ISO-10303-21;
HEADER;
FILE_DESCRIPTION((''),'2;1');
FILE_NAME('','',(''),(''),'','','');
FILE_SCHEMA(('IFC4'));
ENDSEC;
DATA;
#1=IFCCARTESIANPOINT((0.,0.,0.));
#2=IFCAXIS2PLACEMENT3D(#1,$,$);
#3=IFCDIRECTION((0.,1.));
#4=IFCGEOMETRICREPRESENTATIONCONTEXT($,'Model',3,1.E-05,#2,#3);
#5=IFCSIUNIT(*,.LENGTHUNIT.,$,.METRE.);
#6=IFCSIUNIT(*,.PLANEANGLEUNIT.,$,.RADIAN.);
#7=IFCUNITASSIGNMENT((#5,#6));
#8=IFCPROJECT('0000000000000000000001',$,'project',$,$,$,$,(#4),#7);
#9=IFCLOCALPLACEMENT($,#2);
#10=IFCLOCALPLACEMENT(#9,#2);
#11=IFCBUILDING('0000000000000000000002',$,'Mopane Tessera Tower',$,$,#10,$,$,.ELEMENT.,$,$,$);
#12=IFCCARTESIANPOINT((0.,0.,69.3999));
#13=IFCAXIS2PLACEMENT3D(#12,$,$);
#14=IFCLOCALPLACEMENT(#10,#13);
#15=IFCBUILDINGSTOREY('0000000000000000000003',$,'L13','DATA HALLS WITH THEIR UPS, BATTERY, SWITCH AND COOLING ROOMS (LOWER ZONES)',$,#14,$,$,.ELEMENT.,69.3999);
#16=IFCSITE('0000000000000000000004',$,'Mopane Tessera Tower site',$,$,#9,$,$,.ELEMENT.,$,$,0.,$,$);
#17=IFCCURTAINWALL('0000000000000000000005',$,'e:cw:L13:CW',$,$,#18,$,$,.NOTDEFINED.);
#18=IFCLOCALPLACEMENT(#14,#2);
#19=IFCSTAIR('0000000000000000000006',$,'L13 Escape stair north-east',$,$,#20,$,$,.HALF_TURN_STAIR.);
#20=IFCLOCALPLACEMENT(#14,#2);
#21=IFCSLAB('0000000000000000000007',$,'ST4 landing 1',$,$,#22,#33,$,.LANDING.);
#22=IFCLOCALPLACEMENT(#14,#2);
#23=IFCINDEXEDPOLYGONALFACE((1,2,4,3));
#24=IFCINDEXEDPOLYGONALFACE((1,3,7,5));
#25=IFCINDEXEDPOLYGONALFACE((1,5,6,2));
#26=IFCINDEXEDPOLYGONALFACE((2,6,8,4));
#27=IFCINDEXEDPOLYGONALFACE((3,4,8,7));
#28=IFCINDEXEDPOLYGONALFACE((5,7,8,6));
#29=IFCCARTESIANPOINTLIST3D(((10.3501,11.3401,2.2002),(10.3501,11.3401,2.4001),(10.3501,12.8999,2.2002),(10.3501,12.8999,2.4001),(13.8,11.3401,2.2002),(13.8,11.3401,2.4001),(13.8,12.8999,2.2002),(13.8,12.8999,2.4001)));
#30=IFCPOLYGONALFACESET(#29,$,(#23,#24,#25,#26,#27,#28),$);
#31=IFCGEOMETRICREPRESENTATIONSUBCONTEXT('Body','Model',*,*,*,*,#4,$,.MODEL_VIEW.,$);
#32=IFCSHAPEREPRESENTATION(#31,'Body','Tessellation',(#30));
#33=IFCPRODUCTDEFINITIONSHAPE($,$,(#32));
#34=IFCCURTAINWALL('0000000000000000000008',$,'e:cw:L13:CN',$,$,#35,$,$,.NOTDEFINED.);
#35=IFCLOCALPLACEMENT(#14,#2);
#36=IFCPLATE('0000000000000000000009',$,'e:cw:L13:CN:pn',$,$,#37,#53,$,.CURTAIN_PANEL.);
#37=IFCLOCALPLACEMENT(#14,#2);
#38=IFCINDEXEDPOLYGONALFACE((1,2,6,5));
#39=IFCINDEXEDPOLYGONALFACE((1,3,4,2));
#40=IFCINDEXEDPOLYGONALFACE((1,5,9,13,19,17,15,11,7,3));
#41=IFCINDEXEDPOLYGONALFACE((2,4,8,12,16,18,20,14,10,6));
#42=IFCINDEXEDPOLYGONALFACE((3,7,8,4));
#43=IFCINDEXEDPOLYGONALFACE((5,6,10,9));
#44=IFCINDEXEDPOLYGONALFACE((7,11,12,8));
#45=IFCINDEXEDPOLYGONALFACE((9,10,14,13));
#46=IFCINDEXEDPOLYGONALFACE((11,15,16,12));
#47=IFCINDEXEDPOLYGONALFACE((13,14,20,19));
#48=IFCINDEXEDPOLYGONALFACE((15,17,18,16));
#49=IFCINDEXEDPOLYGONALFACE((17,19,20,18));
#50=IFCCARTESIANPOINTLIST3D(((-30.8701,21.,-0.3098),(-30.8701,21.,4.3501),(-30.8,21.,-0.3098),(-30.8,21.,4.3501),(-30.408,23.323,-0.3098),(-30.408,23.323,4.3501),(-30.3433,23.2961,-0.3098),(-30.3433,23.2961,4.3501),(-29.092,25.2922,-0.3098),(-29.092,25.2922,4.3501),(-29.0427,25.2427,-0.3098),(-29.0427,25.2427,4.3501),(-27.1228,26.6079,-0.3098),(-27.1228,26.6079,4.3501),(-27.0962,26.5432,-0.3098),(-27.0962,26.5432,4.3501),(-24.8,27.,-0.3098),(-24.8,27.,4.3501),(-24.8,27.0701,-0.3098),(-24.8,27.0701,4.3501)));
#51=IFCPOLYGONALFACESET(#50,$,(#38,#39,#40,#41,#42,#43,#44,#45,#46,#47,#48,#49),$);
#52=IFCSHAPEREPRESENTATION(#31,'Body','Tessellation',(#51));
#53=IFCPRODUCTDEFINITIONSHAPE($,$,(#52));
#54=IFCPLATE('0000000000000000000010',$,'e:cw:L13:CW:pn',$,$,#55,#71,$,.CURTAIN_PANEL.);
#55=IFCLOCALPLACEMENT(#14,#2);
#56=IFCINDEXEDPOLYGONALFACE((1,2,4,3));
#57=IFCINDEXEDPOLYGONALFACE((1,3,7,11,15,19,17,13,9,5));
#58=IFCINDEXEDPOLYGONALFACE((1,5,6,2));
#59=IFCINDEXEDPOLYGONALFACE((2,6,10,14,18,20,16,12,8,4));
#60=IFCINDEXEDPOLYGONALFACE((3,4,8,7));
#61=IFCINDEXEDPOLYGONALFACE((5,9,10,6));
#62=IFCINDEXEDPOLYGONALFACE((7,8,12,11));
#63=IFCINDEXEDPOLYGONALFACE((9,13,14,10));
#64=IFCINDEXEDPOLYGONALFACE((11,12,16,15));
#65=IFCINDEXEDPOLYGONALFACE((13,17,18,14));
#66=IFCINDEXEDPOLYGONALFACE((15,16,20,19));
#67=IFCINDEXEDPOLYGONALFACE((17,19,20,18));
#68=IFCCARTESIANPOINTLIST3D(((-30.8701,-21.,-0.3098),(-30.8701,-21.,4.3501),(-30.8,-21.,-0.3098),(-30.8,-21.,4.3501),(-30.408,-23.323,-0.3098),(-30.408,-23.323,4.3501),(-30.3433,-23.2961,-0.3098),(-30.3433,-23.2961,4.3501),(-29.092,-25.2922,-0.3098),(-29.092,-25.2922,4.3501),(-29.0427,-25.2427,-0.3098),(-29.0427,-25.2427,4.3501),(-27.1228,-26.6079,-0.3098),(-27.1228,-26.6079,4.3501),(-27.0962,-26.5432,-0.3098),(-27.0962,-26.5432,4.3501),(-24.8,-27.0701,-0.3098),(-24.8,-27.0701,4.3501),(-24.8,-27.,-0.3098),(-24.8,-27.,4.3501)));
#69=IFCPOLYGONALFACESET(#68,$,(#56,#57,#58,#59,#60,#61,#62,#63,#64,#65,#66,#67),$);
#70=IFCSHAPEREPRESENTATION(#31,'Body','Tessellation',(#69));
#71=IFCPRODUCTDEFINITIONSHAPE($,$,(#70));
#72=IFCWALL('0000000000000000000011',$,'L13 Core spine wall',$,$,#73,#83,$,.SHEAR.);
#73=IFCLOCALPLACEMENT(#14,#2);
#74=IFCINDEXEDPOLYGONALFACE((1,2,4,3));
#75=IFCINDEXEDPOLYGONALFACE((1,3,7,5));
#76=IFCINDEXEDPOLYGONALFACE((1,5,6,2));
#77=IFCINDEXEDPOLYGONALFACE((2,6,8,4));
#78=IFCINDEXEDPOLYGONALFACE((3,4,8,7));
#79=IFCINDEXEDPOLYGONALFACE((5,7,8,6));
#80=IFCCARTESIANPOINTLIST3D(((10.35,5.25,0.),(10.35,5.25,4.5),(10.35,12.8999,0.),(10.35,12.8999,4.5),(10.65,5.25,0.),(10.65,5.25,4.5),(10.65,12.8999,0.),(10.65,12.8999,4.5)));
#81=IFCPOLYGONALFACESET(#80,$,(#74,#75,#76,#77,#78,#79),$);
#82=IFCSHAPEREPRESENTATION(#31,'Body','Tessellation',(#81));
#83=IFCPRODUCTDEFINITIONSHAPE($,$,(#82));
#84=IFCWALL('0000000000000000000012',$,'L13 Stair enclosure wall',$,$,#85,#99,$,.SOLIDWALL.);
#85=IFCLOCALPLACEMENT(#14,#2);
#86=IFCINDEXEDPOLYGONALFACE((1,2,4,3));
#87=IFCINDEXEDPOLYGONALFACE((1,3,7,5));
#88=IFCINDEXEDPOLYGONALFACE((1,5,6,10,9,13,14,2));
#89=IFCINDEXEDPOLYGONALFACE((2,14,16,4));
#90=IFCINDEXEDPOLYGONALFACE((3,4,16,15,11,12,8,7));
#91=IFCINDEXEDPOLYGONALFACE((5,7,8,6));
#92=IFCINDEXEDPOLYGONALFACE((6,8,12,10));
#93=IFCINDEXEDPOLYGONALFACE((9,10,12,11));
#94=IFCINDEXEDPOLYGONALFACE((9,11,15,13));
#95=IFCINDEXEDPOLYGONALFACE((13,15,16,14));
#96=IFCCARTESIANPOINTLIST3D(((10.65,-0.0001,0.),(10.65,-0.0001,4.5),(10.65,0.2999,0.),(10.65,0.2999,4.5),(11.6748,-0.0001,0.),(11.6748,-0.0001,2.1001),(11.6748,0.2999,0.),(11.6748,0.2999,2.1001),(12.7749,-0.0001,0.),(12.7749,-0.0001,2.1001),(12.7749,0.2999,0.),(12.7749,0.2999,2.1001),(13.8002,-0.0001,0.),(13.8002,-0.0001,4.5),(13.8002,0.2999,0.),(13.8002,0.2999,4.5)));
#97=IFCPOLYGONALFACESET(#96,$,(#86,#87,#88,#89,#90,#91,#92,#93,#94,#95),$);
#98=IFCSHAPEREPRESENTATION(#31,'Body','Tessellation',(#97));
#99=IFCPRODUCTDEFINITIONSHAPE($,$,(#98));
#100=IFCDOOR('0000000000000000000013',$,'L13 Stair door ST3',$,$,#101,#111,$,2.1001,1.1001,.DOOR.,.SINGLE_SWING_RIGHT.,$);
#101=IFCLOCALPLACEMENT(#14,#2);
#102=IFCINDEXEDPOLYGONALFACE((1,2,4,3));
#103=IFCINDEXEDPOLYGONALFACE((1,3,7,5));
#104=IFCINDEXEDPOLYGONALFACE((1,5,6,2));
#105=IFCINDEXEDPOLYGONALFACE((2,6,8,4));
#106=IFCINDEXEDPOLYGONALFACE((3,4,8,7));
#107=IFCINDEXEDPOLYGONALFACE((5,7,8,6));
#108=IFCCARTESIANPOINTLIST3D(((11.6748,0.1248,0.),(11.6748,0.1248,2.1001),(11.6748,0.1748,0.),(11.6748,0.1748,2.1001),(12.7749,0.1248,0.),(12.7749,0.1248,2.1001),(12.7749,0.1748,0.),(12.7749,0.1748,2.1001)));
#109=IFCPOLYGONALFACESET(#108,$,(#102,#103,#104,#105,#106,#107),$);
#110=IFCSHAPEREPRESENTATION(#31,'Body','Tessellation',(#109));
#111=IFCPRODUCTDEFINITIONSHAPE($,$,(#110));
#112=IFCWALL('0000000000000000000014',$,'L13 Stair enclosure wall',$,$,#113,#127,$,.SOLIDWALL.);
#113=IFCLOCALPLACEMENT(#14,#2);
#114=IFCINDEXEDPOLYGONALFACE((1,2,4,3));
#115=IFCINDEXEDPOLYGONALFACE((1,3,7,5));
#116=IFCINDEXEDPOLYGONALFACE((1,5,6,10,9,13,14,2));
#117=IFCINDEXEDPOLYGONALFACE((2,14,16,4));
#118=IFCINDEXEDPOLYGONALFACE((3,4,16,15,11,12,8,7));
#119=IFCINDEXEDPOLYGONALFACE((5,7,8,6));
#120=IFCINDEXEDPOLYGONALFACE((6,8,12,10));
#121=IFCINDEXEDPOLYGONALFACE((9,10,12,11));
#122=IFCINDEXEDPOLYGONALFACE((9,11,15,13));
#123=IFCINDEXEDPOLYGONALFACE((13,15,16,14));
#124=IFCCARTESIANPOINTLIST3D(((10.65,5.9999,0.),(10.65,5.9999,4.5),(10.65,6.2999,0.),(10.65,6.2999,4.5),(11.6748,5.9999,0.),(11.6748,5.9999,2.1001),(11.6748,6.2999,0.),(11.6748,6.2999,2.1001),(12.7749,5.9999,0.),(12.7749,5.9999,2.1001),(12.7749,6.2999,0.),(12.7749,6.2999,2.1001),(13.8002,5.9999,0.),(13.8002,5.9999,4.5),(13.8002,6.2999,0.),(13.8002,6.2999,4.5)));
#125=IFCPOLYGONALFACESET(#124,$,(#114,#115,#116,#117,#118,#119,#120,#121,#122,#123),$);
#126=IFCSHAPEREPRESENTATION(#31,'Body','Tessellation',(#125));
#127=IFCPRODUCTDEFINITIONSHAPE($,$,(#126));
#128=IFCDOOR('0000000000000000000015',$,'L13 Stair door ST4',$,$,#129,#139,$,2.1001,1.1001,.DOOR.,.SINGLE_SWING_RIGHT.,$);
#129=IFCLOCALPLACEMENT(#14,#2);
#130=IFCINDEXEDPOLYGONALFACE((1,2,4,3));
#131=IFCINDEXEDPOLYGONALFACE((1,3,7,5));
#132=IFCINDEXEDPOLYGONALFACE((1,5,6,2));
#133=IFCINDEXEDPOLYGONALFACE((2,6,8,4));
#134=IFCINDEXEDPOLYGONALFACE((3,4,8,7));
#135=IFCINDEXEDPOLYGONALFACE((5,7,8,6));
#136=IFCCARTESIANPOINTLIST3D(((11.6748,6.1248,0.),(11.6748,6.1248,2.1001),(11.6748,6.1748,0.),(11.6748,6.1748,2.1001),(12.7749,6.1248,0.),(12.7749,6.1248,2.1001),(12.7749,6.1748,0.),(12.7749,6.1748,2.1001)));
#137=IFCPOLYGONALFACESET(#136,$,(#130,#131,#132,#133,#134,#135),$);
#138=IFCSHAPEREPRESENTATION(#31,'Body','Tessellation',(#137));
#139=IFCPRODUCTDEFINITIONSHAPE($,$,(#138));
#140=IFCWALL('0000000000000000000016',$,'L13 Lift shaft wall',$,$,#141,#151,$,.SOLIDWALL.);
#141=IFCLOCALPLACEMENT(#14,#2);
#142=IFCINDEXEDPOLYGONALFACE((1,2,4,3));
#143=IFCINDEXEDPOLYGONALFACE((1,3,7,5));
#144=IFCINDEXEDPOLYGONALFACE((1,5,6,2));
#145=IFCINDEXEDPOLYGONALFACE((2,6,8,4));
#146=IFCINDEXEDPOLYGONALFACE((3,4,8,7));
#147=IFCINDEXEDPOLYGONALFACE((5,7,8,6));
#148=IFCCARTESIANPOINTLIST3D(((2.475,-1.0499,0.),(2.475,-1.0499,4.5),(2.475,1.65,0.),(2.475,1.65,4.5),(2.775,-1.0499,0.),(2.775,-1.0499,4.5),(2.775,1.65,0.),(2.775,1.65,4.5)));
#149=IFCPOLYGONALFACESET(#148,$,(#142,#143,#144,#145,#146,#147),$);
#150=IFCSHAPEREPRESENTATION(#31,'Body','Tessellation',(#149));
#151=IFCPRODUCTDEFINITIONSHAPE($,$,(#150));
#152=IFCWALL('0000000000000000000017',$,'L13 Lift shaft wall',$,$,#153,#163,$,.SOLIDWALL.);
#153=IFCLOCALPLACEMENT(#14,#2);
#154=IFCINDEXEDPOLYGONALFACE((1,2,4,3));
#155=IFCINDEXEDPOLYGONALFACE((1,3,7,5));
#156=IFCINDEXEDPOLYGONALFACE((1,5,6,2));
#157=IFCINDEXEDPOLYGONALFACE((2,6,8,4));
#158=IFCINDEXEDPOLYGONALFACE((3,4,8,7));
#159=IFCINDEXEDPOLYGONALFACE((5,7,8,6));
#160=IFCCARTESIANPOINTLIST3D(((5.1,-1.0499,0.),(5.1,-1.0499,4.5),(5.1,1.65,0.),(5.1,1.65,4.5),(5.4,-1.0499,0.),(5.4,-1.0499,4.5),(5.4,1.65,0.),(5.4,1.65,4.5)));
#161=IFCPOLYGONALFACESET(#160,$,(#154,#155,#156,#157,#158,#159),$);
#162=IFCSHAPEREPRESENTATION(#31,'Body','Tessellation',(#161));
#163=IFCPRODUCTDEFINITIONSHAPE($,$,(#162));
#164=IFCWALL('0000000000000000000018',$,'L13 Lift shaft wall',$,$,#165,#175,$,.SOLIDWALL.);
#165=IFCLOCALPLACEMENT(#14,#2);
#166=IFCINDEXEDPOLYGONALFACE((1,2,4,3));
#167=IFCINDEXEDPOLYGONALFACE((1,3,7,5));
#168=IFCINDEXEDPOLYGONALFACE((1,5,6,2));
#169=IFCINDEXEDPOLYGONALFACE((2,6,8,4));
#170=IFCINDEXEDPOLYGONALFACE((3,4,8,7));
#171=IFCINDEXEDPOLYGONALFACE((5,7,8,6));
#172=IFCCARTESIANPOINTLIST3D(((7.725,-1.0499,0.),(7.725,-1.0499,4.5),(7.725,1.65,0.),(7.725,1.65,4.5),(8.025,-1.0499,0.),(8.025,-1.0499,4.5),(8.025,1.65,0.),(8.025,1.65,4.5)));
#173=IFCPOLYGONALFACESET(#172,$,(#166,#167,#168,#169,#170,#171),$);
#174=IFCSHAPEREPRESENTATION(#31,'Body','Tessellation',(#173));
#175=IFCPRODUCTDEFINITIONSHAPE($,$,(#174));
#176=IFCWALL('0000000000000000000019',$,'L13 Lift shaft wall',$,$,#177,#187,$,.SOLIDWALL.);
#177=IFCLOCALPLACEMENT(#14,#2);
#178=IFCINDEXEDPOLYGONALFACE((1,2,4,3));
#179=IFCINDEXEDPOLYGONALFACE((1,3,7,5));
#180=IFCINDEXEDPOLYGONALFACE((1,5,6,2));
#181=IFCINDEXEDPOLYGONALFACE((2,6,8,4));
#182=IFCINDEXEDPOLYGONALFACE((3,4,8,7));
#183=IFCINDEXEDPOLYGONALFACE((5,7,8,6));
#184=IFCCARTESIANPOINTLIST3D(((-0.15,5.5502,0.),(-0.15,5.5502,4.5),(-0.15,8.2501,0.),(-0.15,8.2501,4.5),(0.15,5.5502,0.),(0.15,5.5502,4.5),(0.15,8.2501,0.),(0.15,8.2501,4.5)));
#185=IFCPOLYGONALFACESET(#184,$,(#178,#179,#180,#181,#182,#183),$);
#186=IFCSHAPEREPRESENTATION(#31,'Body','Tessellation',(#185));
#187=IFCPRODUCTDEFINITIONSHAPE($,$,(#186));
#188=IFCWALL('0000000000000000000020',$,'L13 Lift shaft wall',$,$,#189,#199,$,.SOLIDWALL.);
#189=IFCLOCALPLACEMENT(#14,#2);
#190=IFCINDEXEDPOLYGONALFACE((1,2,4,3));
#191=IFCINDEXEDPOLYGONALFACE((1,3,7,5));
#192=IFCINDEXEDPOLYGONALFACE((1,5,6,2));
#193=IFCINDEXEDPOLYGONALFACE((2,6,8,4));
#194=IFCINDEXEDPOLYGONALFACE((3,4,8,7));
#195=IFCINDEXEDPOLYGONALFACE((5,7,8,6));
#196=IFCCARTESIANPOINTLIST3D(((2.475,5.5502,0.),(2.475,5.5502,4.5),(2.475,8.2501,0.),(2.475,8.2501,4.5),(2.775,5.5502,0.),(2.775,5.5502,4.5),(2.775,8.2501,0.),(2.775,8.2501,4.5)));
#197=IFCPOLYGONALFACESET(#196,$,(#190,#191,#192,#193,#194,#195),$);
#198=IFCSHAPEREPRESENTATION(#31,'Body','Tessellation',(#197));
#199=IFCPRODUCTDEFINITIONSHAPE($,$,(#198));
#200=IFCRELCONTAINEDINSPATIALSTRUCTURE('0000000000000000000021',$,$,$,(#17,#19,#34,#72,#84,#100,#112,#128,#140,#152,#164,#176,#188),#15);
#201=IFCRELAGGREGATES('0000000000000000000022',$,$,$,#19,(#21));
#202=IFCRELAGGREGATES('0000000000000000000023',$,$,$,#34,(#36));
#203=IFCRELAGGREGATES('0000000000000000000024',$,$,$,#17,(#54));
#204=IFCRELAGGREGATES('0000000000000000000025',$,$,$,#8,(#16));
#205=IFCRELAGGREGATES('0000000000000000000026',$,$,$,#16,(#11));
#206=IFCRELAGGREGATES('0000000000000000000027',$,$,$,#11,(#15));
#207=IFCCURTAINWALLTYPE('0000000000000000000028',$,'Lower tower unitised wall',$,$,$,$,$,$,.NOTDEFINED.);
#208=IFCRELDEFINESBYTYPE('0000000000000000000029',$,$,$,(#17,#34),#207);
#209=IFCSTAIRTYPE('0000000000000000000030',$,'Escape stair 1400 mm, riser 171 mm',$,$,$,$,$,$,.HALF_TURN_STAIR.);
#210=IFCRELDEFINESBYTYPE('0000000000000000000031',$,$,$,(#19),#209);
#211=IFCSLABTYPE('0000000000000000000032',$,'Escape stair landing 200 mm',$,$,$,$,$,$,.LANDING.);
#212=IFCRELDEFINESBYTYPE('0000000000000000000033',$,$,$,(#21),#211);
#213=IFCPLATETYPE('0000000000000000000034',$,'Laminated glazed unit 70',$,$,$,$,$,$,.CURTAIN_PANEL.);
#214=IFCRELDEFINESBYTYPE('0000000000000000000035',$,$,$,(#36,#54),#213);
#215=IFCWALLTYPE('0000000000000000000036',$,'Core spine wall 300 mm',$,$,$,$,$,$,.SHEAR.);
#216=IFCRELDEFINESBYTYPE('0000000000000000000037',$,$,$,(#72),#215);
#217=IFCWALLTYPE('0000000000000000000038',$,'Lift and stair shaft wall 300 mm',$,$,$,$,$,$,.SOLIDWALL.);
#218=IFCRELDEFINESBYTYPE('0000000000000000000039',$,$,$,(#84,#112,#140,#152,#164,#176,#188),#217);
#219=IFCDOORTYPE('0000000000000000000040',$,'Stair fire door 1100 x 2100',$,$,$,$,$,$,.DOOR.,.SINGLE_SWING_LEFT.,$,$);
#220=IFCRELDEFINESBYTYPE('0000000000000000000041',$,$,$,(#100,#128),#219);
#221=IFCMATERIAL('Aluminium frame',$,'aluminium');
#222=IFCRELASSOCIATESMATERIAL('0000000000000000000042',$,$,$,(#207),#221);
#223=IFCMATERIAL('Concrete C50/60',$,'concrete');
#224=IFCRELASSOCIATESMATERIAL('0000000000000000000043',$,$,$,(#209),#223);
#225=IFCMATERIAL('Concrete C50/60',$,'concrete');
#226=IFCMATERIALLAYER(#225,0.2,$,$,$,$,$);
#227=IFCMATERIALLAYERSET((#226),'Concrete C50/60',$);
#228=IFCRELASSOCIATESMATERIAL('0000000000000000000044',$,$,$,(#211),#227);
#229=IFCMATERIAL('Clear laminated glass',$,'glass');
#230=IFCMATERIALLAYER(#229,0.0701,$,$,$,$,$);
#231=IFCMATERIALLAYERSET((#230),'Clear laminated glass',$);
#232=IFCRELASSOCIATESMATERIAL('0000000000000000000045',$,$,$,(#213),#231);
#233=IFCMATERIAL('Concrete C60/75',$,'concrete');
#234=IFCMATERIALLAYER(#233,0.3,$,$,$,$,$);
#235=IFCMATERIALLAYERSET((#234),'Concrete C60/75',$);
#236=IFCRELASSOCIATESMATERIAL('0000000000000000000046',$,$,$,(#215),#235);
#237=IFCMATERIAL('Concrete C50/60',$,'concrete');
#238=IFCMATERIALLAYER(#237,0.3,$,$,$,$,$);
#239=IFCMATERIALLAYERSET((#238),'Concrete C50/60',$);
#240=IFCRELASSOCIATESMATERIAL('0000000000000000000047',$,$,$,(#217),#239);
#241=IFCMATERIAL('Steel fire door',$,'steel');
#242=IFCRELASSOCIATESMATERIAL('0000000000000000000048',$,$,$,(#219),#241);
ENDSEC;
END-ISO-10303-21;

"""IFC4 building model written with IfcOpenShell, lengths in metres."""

from ifc_helpers import new_model, si_unit, direction, frame, frame_2d, origin, place, context, subcontext, project, spatial, polyline, rectangle, outline, extrude, material, layer, layer_set, type_object, element, fill, aggregate, save


model = new_model("IFC4")

# Units and contexts
model_context = context("Model", 3, precision=1e-05, world=origin(), true_north=direction((0.0, 1.0)))
body_context = subcontext(model_context, "Body", "Model", "MODEL_VIEW")
ifc_project = project(units=[si_unit("LENGTHUNIT", "METRE"), si_unit("PLANEANGLEUNIT", "RADIAN")], contexts=[model_context])

# Site, building, storey
site_placement = place(None, origin())
site = spatial("IfcSite", under=ifc_project, at=site_placement, Name="Mopane Tessera Tower site", CompositionType="ELEMENT", RefElevation=0.0)
building_placement = place(site_placement, origin())
building = spatial("IfcBuilding", under=site, at=building_placement, Name="Mopane Tessera Tower", CompositionType="ELEMENT")
storey_placement = place(building_placement, frame((0.0, 0.0, 69.3999)))
storey = spatial("IfcBuildingStorey", under=building, at=storey_placement, Name="L13", Description="DATA HALLS WITH THEIR UPS, BATTERY, SWITCH AND COOLING ROOMS (LOWER ZONES)", CompositionType="ELEMENT", Elevation=69.3999)

# Curtain wall
ifc_material_1 = material(Name="Aluminium frame", Category="aluminium")
curtain_wall_type = type_object("IfcCurtainWallType", Name="Lower tower unitised wall", PredefinedType="NOTDEFINED", material=ifc_material_1)
curtain_wall_1_placement = place(storey_placement, origin())
curtain_wall_1 = element("IfcCurtainWall", 1, at=curtain_wall_1_placement, inside=storey, type_object=curtain_wall_type, Name="e:cw:L13:CW", PredefinedType="NOTDEFINED")

# Stair, slab
ifc_material_2 = material(Name="Concrete C50/60", Category="concrete")
stair_type = type_object("IfcStairType", Name="Escape stair 1400 mm, riser 171 mm", PredefinedType="HALF_TURN_STAIR", material=ifc_material_2)
ifc_material_3 = material(Name="Concrete C50/60", Category="concrete")
ifc_layer_1 = layer(ifc_material_3, 0.2)
ifc_layer_set_1 = layer_set([ifc_layer_1], Name="Concrete C50/60")
slab_type_1 = type_object("IfcSlabType", Name="Escape stair landing 200 mm", PredefinedType="LANDING", material=ifc_layer_set_1)
stair_1_placement = place(storey_placement, origin())
stair_1 = element("IfcStair", 2, at=stair_1_placement, inside=storey, type_object=stair_type, Name="L13 Escape stair north-east", PredefinedType="HALF_TURN_STAIR")
slab_1_placement = place(storey_placement, frame((0.0, 0.0, 2.2002)))
slab_1 = element("IfcSlab", 3, at=slab_1_placement, type_object=slab_type_1, Name="ST4 landing 1", PredefinedType="LANDING", context=body_context, shape_type="SweptSolid", body=[
    extrude(outline(polyline([(13.8, 11.3401), (13.8, 12.8999), (10.3501, 12.8999), (10.3501, 11.3401), (13.8, 11.3401)])), origin(), (0.0, 0.0, 1.0), 0.2),
])
aggregate(stair_1, [slab_1])

# Curtain wall, plate
curtain_wall_2_placement = place(storey_placement, origin())
curtain_wall_2 = element("IfcCurtainWall", 4, at=curtain_wall_2_placement, inside=storey, type_object=curtain_wall_type, Name="e:cw:L13:CN", PredefinedType="NOTDEFINED")
ifc_material_4 = material(Name="Clear laminated glass", Category="glass")
ifc_layer_2 = layer(ifc_material_4, 0.0701)
ifc_layer_set_2 = layer_set([ifc_layer_2], Name="Clear laminated glass")
plate_type = type_object("IfcPlateType", Name="Laminated glazed unit 70", PredefinedType="CURTAIN_PANEL", material=ifc_layer_set_2)
plate_1_placement = place(storey_placement, frame((0.0, 0.0, -0.3098)))
plate_1 = element("IfcPlate", 5, at=plate_1_placement, type_object=plate_type, Name="e:cw:L13:CN:pn", PredefinedType="CURTAIN_PANEL", context=body_context, shape_type="SweptSolid", body=[
    extrude(outline(polyline([(-24.8, 27.0), (-27.0962, 26.5432), (-29.0427, 25.2427), (-30.3433, 23.2961), (-30.8, 21.0), (-30.8701, 21.0), (-30.408, 23.323), (-29.092, 25.2922), (-27.1228, 26.6079), (-24.8, 27.0701), (-24.8, 27.0)])), origin(), (0.0, 0.0, 1.0), 4.6599),
])
aggregate(curtain_wall_2, [plate_1])

# Plate
plate_2_placement = place(storey_placement, frame((0.0, 0.0, -0.3098)))
plate_2 = element("IfcPlate", 6, at=plate_2_placement, type_object=plate_type, Name="e:cw:L13:CW:pn", PredefinedType="CURTAIN_PANEL", context=body_context, shape_type="SweptSolid", body=[
    extrude(outline(polyline([(-30.8, -21.0), (-30.3433, -23.2961), (-29.0427, -25.2427), (-27.0962, -26.5432), (-24.8, -27.0), (-24.8, -27.0701), (-27.1228, -26.6079), (-29.092, -25.2922), (-30.408, -23.323), (-30.8701, -21.0), (-30.8, -21.0)])), origin(), (0.0, 0.0, 1.0), 4.6599),
])
aggregate(curtain_wall_1, [plate_2])

# Wall
ifc_material_5 = material(Name="Concrete C60/75", Category="concrete")
ifc_layer_3 = layer(ifc_material_5, 0.3)
ifc_layer_set_3 = layer_set([ifc_layer_3], Name="Concrete C60/75")
wall_type_1 = type_object("IfcWallType", Name="Core spine wall 300 mm", PredefinedType="SHEAR", material=ifc_layer_set_3)
wall_1_placement = place(storey_placement, frame((10.5, 5.25, 0.0), z_axis=(0.0, 0.0, 1.0), x_axis=(0.0, 1.0, 0.0)))
element("IfcWall", 7, at=wall_1_placement, inside=storey, type_object=wall_type_1, Name="L13 Core spine wall", PredefinedType="SHEAR", context=body_context, shape_type="SweptSolid", body=[
    extrude(rectangle(XDim=7.6499, YDim=0.3, at=frame_2d((3.825, 0.0))), origin(), (0.0, 0.0, 1.0), 4.5),
])

# Walls, openings, doors
ifc_material_6 = material(Name="Concrete C50/60", Category="concrete")
ifc_layer_4 = layer(ifc_material_6, 0.3)
ifc_layer_set_4 = layer_set([ifc_layer_4], Name="Concrete C50/60")
wall_type_2 = type_object("IfcWallType", Name="Lift and stair shaft wall 300 mm", PredefinedType="SOLIDWALL", material=ifc_layer_set_4)
wall_2_placement = place(storey_placement, frame((10.6499, 0.1499, 0.0), z_axis=(0.0, 0.0, 1.0), x_axis=(1.0, 0.0, 0.0)))
wall_2 = element("IfcWall", 8, at=wall_2_placement, inside=storey, type_object=wall_type_2, Name="L13 Stair enclosure wall", PredefinedType="SOLIDWALL", context=body_context, shape_type="SweptSolid", body=[
    extrude(rectangle(XDim=3.1501, YDim=0.3, at=frame_2d((1.5752, 0.0))), origin(), (0.0, 0.0, 1.0), 4.5),
])
opening_1_placement = place(wall_2_placement, frame((1.0249, 0.0, 0.0)))
opening_1 = element("IfcOpeningElement", 9, at=opening_1_placement, cuts=wall_2, PredefinedType="OPENING", context=body_context, shape_type="SweptSolid", body=[
    extrude(rectangle(XDim=1.1001, YDim=2.1001, at=frame_2d((0.55, 1.05))), frame((0.0, 0.1621, 0.0), z_axis=(0.0, -1.0, 0.0), x_axis=(1.0, 0.0, 0.0)), (0.0, 0.0, 1.0), 0.324),
])
ifc_material_7 = material(Name="Steel fire door", Category="steel")
door_type = type_object("IfcDoorType", Name="Stair fire door 1100 x 2100", OperationType="SINGLE_SWING_LEFT", PredefinedType="DOOR", material=ifc_material_7)
door_1_placement = place(opening_1_placement, origin())
door_1 = element("IfcDoor", 10, at=door_1_placement, inside=storey, type_object=door_type, Name="L13 Stair door ST3", OperationType="SINGLE_SWING_RIGHT", OverallHeight=2.1001, OverallWidth=1.1001, PredefinedType="DOOR", context=body_context, shape_type="SweptSolid", body=[
    extrude(rectangle(XDim=1.1001, YDim=2.1001, at=frame_2d((0.55, 1.05))), frame((0.0, 0.0249, 0.0), z_axis=(0.0, -1.0, 0.0), x_axis=(1.0, 0.0, 0.0)), (0.0, 0.0, 1.0), 0.05),
])
fill(opening_1, door_1)
wall_3_placement = place(storey_placement, frame((10.6499, 6.1499, 0.0), z_axis=(0.0, 0.0, 1.0), x_axis=(1.0, 0.0, 0.0)))
wall_3 = element("IfcWall", 11, at=wall_3_placement, inside=storey, type_object=wall_type_2, Name="L13 Stair enclosure wall", PredefinedType="SOLIDWALL", context=body_context, shape_type="SweptSolid", body=[
    extrude(rectangle(XDim=3.1501, YDim=0.3, at=frame_2d((1.5752, 0.0))), origin(), (0.0, 0.0, 1.0), 4.5),
])
opening_2_placement = place(wall_3_placement, frame((1.0249, 0.0, 0.0)))
opening_2 = element("IfcOpeningElement", 12, at=opening_2_placement, cuts=wall_3, PredefinedType="OPENING", context=body_context, shape_type="SweptSolid", body=[
    extrude(rectangle(XDim=1.1001, YDim=2.1001, at=frame_2d((0.55, 1.05))), frame((0.0, 0.1621, 0.0), z_axis=(0.0, -1.0, 0.0), x_axis=(1.0, 0.0, 0.0)), (0.0, 0.0, 1.0), 0.324),
])
door_2_placement = place(opening_2_placement, origin())
door_2 = element("IfcDoor", 13, at=door_2_placement, inside=storey, type_object=door_type, Name="L13 Stair door ST4", OperationType="SINGLE_SWING_RIGHT", OverallHeight=2.1001, OverallWidth=1.1001, PredefinedType="DOOR", context=body_context, shape_type="SweptSolid", body=[
    extrude(rectangle(XDim=1.1001, YDim=2.1001, at=frame_2d((0.55, 1.05))), frame((0.0, 0.0249, 0.0), z_axis=(0.0, -1.0, 0.0), x_axis=(1.0, 0.0, 0.0)), (0.0, 0.0, 1.0), 0.05),
])
fill(opening_2, door_2)

# Walls
for number, where, z_axis, x_axis, name in (
    (14, (2.625, -1.05, 0.0), (0.0, 0.0, 1.0), (0.0, 1.0, 0.0), "L13 Lift shaft wall"),
    (15, (5.25, -1.05, 0.0), (0.0, 0.0, 1.0), (0.0, 1.0, 0.0), "L13 Lift shaft wall"),
    (16, (7.875, -1.05, 0.0), (0.0, 0.0, 1.0), (0.0, 1.0, 0.0), "L13 Lift shaft wall"),
    (17, (0.0, 5.55, 0.0), (0.0, 0.0, 1.0), (0.0, 1.0, 0.0), "L13 Lift shaft wall"),
    (18, (2.625, 5.55, 0.0), (0.0, 0.0, 1.0), (0.0, 1.0, 0.0), "L13 Lift shaft wall"),
):
    element("IfcWall", number, at=place(storey_placement, frame(where, z_axis=z_axis, x_axis=x_axis)), inside=storey, type_object=wall_type_2, Name=name, PredefinedType="SOLIDWALL", context=body_context, shape_type="SweptSolid", body=[
        extrude(rectangle(XDim=2.7, YDim=0.3, at=frame_2d((1.3501, 0.0))), origin(), (0.0, 0.0, 1.0), 4.5),
    ])

save(model, "model.ifc")
